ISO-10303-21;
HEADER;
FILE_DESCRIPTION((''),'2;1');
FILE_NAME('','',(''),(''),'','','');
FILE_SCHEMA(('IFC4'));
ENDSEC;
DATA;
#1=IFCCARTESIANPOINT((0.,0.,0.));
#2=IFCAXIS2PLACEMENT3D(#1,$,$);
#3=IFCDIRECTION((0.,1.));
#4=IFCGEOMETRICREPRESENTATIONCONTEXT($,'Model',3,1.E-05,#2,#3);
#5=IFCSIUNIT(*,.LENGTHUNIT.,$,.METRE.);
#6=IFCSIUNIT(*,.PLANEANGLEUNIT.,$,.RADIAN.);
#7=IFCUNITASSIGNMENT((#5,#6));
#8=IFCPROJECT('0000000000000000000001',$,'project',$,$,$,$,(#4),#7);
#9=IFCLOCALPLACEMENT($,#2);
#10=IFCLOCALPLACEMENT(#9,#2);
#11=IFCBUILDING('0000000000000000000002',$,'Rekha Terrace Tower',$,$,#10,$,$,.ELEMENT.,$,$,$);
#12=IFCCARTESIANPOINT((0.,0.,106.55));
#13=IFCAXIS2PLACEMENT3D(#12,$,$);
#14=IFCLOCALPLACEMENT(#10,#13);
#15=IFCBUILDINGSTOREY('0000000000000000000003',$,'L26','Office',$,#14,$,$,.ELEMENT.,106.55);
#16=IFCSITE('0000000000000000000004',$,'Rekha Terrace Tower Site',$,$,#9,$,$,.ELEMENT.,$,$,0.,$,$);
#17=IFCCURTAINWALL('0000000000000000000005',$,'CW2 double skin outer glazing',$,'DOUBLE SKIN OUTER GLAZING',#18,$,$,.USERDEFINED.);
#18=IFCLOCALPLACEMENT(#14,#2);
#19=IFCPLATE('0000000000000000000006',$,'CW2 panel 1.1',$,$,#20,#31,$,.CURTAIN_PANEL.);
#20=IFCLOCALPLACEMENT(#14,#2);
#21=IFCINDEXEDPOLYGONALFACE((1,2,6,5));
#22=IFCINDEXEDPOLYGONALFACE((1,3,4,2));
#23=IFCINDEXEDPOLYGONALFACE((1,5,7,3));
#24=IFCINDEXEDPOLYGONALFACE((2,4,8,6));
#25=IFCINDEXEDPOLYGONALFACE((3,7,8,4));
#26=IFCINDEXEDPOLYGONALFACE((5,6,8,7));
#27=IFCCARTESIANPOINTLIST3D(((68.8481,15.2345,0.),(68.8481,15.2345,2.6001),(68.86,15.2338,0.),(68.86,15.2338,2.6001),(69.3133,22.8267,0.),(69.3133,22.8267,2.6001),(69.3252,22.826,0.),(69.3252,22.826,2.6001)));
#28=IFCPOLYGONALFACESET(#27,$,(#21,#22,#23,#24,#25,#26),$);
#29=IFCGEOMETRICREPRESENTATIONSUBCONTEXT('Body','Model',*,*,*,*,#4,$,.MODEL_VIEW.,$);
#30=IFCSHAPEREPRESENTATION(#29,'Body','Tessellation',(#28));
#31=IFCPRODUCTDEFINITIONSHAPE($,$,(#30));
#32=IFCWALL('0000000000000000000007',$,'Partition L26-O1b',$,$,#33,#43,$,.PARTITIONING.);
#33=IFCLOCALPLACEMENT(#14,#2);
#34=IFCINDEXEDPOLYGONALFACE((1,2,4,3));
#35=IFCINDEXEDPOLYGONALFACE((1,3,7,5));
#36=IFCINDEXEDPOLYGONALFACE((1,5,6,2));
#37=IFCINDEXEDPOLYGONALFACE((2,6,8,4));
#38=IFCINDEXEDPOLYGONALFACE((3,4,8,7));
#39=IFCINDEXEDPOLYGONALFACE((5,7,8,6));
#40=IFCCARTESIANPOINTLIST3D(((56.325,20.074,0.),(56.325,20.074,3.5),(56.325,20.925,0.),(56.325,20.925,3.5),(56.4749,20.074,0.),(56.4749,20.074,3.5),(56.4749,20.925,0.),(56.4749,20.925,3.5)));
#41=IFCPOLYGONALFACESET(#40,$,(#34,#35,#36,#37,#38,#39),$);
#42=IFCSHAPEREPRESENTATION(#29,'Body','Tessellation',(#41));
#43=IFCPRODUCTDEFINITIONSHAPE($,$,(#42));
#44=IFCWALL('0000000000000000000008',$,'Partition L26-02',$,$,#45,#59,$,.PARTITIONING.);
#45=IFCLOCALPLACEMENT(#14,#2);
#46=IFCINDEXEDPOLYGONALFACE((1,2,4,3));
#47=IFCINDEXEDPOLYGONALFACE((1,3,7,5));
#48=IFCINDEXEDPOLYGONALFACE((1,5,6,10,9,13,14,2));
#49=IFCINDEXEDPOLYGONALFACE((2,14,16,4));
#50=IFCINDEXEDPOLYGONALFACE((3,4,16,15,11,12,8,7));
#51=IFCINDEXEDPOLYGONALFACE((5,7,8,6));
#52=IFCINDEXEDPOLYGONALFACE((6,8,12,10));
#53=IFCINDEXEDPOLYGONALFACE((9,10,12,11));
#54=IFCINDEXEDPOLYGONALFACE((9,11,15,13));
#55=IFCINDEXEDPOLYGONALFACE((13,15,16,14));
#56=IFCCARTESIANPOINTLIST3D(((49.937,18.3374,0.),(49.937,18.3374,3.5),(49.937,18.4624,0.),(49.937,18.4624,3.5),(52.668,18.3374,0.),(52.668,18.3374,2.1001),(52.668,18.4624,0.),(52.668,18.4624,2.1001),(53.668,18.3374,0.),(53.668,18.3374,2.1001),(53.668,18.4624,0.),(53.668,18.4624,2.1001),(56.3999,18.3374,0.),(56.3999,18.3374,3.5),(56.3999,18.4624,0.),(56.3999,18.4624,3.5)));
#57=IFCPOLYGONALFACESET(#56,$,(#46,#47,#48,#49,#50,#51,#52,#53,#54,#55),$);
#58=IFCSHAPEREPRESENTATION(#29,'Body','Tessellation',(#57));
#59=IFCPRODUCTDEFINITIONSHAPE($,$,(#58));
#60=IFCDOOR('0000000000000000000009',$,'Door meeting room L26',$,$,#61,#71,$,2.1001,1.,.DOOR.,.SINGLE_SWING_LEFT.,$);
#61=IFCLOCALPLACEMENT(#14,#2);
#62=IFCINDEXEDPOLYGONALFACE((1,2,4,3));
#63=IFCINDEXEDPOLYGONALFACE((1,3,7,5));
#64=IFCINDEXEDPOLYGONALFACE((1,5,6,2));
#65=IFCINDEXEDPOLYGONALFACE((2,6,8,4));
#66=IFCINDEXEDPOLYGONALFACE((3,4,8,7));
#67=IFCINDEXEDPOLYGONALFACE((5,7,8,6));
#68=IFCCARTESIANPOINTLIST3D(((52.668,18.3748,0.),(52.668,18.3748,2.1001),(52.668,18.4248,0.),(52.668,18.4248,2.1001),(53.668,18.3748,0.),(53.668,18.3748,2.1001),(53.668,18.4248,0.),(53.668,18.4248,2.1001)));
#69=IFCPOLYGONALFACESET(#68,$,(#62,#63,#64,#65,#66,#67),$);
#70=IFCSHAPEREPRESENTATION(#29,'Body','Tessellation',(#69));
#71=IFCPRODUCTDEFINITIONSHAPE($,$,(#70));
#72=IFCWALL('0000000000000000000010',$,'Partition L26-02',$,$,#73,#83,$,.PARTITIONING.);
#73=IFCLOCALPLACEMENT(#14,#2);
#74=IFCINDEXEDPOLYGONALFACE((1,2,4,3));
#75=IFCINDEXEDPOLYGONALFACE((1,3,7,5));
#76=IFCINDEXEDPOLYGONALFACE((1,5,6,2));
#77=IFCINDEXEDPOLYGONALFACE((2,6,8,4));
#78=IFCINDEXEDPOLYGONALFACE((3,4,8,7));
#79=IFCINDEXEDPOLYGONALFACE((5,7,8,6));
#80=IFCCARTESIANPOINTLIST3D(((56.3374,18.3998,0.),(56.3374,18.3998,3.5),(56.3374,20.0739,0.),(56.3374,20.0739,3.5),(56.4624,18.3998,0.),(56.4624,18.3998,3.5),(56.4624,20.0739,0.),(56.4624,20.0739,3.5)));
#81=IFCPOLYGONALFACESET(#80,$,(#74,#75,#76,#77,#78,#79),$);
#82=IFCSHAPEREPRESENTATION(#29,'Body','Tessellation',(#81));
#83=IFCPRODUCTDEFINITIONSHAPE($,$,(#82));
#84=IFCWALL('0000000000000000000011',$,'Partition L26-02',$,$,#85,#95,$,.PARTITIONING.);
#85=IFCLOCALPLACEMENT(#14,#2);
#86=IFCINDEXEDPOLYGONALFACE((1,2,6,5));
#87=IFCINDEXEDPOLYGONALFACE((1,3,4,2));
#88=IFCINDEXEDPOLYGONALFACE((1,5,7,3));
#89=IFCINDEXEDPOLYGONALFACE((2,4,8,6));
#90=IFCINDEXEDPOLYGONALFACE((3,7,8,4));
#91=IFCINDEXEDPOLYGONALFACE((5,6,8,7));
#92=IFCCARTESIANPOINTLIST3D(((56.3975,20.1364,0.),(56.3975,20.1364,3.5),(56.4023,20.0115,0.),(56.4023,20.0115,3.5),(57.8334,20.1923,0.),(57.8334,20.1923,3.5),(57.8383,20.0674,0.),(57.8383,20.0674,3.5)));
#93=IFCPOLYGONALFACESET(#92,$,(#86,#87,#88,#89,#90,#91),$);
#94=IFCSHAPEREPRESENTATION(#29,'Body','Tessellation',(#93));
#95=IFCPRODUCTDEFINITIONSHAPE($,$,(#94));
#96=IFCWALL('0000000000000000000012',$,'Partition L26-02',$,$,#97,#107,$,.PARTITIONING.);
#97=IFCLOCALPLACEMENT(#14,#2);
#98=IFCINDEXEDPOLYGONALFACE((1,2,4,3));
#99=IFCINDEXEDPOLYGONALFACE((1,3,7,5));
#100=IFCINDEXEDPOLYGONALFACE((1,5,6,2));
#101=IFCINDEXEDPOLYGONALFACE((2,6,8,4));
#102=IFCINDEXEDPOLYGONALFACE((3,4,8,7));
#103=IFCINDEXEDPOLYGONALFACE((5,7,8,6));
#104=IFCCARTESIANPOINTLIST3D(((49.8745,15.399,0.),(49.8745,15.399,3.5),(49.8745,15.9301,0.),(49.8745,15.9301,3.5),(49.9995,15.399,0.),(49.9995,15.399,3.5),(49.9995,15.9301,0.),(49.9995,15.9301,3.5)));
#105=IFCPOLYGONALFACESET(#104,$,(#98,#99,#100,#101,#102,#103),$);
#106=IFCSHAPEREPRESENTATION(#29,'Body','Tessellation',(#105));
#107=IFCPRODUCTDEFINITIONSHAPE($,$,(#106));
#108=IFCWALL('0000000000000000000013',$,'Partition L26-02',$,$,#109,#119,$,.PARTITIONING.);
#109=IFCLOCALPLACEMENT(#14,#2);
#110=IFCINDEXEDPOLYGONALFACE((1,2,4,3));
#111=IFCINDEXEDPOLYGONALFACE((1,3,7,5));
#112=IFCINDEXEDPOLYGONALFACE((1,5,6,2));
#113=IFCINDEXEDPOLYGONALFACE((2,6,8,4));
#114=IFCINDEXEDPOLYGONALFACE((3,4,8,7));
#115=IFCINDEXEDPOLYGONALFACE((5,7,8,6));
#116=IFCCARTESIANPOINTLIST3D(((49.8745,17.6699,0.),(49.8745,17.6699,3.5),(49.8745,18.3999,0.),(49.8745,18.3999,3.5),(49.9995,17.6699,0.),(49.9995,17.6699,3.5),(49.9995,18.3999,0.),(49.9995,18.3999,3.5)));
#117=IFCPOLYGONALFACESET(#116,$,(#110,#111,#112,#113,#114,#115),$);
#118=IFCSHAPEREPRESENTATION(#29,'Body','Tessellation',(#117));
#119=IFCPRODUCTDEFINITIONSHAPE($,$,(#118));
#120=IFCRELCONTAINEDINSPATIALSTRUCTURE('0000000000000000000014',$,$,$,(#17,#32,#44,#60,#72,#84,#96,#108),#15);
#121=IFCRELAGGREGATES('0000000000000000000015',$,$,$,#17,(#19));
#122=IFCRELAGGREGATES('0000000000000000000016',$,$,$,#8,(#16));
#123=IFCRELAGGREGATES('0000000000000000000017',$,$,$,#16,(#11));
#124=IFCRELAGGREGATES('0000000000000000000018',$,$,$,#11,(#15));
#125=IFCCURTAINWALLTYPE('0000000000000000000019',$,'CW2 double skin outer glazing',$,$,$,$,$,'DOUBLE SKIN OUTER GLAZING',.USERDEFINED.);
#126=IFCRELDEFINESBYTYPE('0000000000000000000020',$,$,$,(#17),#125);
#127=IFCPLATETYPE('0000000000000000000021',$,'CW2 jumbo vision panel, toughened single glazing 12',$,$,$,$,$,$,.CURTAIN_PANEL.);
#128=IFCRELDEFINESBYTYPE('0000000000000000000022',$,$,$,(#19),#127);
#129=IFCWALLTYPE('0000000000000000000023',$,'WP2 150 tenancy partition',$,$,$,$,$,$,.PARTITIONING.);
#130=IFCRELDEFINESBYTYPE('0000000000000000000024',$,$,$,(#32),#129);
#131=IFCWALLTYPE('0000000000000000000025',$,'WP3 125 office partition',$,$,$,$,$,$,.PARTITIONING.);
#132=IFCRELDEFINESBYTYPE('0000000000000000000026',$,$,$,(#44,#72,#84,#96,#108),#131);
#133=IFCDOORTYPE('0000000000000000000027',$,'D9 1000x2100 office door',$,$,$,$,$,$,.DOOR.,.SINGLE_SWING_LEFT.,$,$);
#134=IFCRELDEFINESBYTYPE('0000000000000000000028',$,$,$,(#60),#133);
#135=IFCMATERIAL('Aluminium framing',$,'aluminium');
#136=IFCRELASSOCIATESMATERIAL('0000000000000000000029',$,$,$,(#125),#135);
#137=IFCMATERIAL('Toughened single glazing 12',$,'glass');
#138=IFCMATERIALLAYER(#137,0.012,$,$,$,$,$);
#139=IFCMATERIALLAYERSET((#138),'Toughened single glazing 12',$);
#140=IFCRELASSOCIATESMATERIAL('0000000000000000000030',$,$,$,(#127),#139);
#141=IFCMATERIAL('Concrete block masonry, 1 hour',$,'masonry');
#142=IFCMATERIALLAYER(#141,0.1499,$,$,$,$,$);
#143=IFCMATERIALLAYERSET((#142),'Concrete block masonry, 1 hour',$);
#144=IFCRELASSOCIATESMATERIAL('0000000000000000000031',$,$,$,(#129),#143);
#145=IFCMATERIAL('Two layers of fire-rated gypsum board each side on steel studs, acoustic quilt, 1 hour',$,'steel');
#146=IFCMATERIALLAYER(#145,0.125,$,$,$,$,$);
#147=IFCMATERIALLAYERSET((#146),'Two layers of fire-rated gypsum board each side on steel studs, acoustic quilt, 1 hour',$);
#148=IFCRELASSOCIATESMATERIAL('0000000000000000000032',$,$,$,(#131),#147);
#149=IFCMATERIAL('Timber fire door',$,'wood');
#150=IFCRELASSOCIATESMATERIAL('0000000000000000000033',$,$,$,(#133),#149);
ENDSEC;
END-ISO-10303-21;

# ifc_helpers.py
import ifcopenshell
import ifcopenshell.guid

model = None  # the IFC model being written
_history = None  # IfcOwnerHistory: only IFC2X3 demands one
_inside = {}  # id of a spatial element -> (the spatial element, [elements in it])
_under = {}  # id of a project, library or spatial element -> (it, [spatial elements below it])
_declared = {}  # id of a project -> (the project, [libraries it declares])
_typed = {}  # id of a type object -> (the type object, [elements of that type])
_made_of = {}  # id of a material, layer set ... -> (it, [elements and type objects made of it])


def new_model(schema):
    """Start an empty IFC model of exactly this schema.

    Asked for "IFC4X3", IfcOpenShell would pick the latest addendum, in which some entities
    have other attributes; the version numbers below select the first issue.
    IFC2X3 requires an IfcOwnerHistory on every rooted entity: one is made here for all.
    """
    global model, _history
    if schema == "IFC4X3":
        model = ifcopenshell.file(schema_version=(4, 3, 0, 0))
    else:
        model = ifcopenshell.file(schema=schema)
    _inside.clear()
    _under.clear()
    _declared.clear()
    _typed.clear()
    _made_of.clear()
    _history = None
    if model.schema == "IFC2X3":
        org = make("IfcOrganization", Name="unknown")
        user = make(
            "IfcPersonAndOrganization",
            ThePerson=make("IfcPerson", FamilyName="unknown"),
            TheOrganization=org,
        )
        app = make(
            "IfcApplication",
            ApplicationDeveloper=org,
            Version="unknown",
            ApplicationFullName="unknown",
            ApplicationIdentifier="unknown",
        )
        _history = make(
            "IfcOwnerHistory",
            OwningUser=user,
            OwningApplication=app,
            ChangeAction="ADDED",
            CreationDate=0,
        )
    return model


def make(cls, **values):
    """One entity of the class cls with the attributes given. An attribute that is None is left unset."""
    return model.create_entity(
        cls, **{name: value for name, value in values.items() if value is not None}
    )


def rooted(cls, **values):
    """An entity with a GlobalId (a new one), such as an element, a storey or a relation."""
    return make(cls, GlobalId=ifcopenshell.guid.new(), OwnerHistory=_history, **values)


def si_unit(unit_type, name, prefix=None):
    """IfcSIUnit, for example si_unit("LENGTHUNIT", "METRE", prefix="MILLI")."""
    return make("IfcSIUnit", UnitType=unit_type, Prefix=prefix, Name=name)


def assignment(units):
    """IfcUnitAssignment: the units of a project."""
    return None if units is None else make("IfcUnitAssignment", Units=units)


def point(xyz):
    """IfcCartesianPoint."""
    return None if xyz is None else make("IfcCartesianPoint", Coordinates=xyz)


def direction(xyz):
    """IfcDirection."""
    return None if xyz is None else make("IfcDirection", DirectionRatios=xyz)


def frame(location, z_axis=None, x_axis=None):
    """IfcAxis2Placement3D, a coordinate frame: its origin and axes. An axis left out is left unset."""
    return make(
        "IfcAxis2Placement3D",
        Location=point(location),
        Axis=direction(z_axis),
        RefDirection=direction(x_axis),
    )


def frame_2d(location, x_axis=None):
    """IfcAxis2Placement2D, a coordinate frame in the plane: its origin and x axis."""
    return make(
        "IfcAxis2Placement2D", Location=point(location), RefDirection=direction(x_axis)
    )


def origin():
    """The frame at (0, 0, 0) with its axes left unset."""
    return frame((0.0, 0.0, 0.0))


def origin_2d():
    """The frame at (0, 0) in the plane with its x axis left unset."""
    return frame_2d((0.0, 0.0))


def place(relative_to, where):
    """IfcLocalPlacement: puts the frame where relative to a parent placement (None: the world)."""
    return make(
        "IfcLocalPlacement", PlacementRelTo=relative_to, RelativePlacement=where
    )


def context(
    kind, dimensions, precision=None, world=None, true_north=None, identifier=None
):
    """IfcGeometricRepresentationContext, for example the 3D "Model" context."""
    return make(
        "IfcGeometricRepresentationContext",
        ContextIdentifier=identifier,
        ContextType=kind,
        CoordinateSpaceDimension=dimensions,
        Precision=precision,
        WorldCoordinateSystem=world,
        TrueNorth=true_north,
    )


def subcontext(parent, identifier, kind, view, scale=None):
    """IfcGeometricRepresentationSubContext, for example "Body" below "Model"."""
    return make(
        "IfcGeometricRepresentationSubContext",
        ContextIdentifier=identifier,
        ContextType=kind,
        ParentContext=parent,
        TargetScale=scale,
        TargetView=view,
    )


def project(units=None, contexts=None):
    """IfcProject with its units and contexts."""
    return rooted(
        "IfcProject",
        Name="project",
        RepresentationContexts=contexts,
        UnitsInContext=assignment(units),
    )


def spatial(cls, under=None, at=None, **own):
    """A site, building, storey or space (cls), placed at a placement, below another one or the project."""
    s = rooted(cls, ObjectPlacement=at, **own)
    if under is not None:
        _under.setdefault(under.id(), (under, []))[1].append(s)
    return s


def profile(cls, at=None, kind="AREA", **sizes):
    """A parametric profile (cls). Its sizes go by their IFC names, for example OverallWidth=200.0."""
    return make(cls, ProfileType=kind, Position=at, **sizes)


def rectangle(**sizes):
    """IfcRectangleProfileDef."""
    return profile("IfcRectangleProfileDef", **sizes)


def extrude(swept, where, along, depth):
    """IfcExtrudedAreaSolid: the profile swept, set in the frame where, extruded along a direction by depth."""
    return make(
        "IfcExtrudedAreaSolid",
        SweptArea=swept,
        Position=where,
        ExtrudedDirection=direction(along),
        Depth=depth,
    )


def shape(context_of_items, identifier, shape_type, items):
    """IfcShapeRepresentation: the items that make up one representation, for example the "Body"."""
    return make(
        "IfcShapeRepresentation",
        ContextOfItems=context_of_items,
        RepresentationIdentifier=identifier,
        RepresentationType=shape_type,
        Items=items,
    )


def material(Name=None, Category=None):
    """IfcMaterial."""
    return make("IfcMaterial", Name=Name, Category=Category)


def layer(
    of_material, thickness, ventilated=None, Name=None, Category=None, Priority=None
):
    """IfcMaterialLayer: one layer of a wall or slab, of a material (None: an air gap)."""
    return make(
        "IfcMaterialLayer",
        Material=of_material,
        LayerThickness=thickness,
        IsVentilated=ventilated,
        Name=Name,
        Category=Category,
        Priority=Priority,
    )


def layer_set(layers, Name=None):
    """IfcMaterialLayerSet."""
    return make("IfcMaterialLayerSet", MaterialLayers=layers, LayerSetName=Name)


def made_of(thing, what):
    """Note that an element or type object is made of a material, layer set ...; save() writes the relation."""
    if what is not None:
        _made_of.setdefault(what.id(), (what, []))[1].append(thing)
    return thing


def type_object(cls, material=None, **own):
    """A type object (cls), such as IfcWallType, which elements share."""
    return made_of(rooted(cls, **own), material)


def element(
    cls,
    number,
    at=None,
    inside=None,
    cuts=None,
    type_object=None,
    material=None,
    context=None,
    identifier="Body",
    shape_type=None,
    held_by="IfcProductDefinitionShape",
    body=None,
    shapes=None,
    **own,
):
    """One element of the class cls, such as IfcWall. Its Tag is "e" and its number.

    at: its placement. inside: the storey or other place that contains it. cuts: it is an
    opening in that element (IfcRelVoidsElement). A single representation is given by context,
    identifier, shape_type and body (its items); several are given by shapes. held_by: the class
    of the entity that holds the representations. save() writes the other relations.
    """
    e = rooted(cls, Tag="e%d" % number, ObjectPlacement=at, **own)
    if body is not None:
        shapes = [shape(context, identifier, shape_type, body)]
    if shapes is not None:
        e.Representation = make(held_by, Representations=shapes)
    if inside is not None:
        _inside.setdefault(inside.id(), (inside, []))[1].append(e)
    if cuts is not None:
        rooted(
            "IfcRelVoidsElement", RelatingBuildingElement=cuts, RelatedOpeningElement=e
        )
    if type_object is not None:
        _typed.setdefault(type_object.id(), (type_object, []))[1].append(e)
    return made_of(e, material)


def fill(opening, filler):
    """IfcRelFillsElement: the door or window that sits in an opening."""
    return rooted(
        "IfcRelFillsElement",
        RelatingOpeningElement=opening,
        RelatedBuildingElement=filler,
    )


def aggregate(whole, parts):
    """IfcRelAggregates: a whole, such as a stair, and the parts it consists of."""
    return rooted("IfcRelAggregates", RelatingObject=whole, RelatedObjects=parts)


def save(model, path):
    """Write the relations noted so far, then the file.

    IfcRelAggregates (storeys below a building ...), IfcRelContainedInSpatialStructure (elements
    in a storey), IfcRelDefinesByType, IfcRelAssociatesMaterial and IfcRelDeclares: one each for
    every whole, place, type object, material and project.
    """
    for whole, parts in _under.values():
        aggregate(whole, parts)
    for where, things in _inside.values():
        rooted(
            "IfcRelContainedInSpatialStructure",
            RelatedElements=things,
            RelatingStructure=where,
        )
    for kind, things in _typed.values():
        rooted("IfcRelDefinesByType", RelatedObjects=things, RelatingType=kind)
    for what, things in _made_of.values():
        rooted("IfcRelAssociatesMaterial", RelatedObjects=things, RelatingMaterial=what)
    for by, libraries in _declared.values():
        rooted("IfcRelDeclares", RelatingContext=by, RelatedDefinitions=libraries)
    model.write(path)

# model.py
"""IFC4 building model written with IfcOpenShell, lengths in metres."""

from ifc_helpers import new_model, si_unit, direction, frame, frame_2d, origin, origin_2d, place, context, subcontext, project, spatial, rectangle, extrude, material, layer, layer_set, type_object, element, fill, aggregate, save


model = new_model("IFC4")

# Units and contexts
model_context = context("Model", 3, precision=1e-05, world=origin(), true_north=direction((0.0, 1.0)))
body_context = subcontext(model_context, "Body", "Model", "MODEL_VIEW")
ifc_project = project(units=[si_unit("LENGTHUNIT", "METRE"), si_unit("PLANEANGLEUNIT", "RADIAN")], contexts=[model_context])

# Site, building, storey
site_placement = place(None, origin())
site = spatial("IfcSite", under=ifc_project, at=site_placement, Name="Rekha Terrace Tower Site", CompositionType="ELEMENT", RefElevation=0.0)
building_placement = place(site_placement, origin())
building = spatial("IfcBuilding", under=site, at=building_placement, Name="Rekha Terrace Tower", CompositionType="ELEMENT")
storey_placement = place(building_placement, frame((0.0, 0.0, 106.55)))
storey = spatial("IfcBuildingStorey", under=building, at=storey_placement, Name="L26", Description="Office", CompositionType="ELEMENT", Elevation=106.55)

# Shared definitions
ifc_material_1 = material(Name="Aluminium framing", Category="aluminium")
curtain_wall_type_1 = type_object("IfcCurtainWallType", Name="CW2 double skin outer glazing", ElementType="DOUBLE SKIN OUTER GLAZING", PredefinedType="USERDEFINED", material=ifc_material_1)

# Curtain wall
curtain_wall_1_placement = place(storey_placement, origin())
curtain_wall_1 = element("IfcCurtainWall", 1, at=curtain_wall_1_placement, inside=storey, type_object=curtain_wall_type_1, Name="CW2 double skin outer glazing", ObjectType="DOUBLE SKIN OUTER GLAZING", PredefinedType="USERDEFINED")

# Plate
ifc_material_2 = material(Name="Toughened single glazing 12", Category="glass")
ifc_layer_1 = layer(ifc_material_2, 0.012)
ifc_layer_set_1 = layer_set([ifc_layer_1], Name="Toughened single glazing 12")
plate_type_1 = type_object("IfcPlateType", Name="CW2 jumbo vision panel, toughened single glazing 12", PredefinedType="CURTAIN_PANEL", material=ifc_layer_set_1)
plate_1_placement = place(storey_placement, frame((69.0867, 19.0303, 0.0), z_axis=(0.0, 0.0, 1.0), x_axis=(0.06116, 0.998128, 0.0)))
plate_1 = element("IfcPlate", 2, at=plate_1_placement, type_object=plate_type_1, Name="CW2 panel 1.1", PredefinedType="CURTAIN_PANEL", context=body_context, shape_type="SweptSolid", body=[
    extrude(rectangle(XDim=7.6064, YDim=0.012, at=origin_2d()), origin(), (0.0, 0.0, 1.0), 2.6001),
])
aggregate(curtain_wall_1, [plate_1])

# Wall
ifc_material_3 = material(Name="Concrete block masonry, 1 hour", Category="masonry")
ifc_layer_2 = layer(ifc_material_3, 0.1499)
ifc_layer_set_2 = layer_set([ifc_layer_2], Name="Concrete block masonry, 1 hour")
wall_type_1 = type_object("IfcWallType", Name="WP2 150 tenancy partition", PredefinedType="PARTITIONING", material=ifc_layer_set_2)
wall_1_placement = place(storey_placement, frame((56.3999, 20.074, 0.0), z_axis=(0.0, 0.0, 1.0), x_axis=(0.0, 1.0, 0.0)))
element("IfcWall", 3, at=wall_1_placement, inside=storey, type_object=wall_type_1, Name="Partition L26-O1b", PredefinedType="PARTITIONING", context=body_context, shape_type="SweptSolid", body=[
    extrude(rectangle(XDim=0.8511, YDim=0.1499, at=frame_2d((0.4255, 0.0))), origin(), (0.0, 0.0, 1.0), 3.5),
])

# Wall, opening, door
ifc_material_4 = material(Name="Two layers of fire-rated gypsum board each side on steel studs, acoustic quilt, 1 hour", Category="steel")
ifc_layer_3 = layer(ifc_material_4, 0.125)
ifc_layer_set_3 = layer_set([ifc_layer_3], Name="Two layers of fire-rated gypsum board each side on steel studs, acoustic quilt, 1 hour")
wall_type_2 = type_object("IfcWallType", Name="WP3 125 office partition", PredefinedType="PARTITIONING", material=ifc_layer_set_3)
wall_2_placement = place(storey_placement, frame((49.937, 18.3999, 0.0), z_axis=(0.0, 0.0, 1.0), x_axis=(1.0, 0.0, 0.0)))
wall_2 = element("IfcWall", 4, at=wall_2_placement, inside=storey, type_object=wall_type_2, Name="Partition L26-02", PredefinedType="PARTITIONING", context=body_context, shape_type="SweptSolid", body=[
    extrude(rectangle(XDim=6.4629, YDim=0.125, at=frame_2d((3.2314, 0.0))), origin(), (0.0, 0.0, 1.0), 3.5),
])
opening_placement = place(wall_2_placement, frame((2.731, 0.0, 0.0)))
opening = element("IfcOpeningElement", 5, at=opening_placement, cuts=wall_2, PredefinedType="OPENING", context=body_context, shape_type="SweptSolid", body=[
    extrude(rectangle(XDim=1.0, YDim=2.1001, at=frame_2d((0.5, 1.05))), frame((0.0, 0.0725, 0.0), z_axis=(0.0, -1.0, 0.0), x_axis=(1.0, 0.0, 0.0)), (0.0, 0.0, 1.0), 0.145),
])
ifc_material_5 = material(Name="Timber fire door", Category="wood")
door_type = type_object("IfcDoorType", Name="D9 1000x2100 office door", OperationType="SINGLE_SWING_LEFT", PredefinedType="DOOR", material=ifc_material_5)
door_placement = place(opening_placement, origin())
door = element("IfcDoor", 6, at=door_placement, inside=storey, type_object=door_type, Name="Door meeting room L26", OperationType="SINGLE_SWING_LEFT", OverallHeight=2.1001, OverallWidth=1.0, PredefinedType="DOOR", context=body_context, shape_type="SweptSolid", body=[
    extrude(rectangle(XDim=1.0, YDim=2.1001, at=frame_2d((0.5, 1.05))), frame((0.0, 0.0249, 0.0), z_axis=(0.0, -1.0, 0.0), x_axis=(1.0, 0.0, 0.0)), (0.0, 0.0, 1.0), 0.05),
])
fill(opening, door)

# Walls
wall_3_placement = place(storey_placement, frame((56.3999, 18.3999, 0.0), z_axis=(0.0, 0.0, 1.0), x_axis=(0.0, 1.0, 0.0)))
element("IfcWall", 7, at=wall_3_placement, inside=storey, type_object=wall_type_2, Name="Partition L26-02", PredefinedType="PARTITIONING", context=body_context, shape_type="SweptSolid", body=[
    extrude(rectangle(XDim=1.6741, YDim=0.125, at=frame_2d((0.8369, 0.0))), origin(), (0.0, 0.0, 1.0), 3.5),
])
wall_4_placement = place(storey_placement, frame((56.3999, 20.074, 0.0), z_axis=(0.0, 0.0, 1.0), x_axis=(0.999243, 0.038903, 0.0)))
element("IfcWall", 8, at=wall_4_placement, inside=storey, type_object=wall_type_2, Name="Partition L26-02", PredefinedType="PARTITIONING", context=body_context, shape_type="SweptSolid", body=[
    extrude(rectangle(XDim=1.437, YDim=0.125, at=frame_2d((0.7185, 0.0))), origin(), (0.0, 0.0, 1.0), 3.5),
])
wall_5_placement = place(storey_placement, frame((49.937, 15.3989, 0.0), z_axis=(0.0, 0.0, 1.0), x_axis=(0.0, 1.0, 0.0)))
element("IfcWall", 9, at=wall_5_placement, inside=storey, type_object=wall_type_2, Name="Partition L26-02", PredefinedType="PARTITIONING", context=body_context, shape_type="SweptSolid", body=[
    extrude(rectangle(XDim=0.531, YDim=0.125, at=frame_2d((0.2656, 0.0))), origin(), (0.0, 0.0, 1.0), 3.5),
])
wall_6_placement = place(storey_placement, frame((49.937, 17.6699, 0.0), z_axis=(0.0, 0.0, 1.0), x_axis=(0.0, 1.0, 0.0)))
element("IfcWall", 10, at=wall_6_placement, inside=storey, type_object=wall_type_2, Name="Partition L26-02", PredefinedType="PARTITIONING", context=body_context, shape_type="SweptSolid", body=[
    extrude(rectangle(XDim=0.73, YDim=0.125, at=frame_2d((0.365, 0.0))), origin(), (0.0, 0.0, 1.0), 3.5),
])

save(model, "model.ifc")
